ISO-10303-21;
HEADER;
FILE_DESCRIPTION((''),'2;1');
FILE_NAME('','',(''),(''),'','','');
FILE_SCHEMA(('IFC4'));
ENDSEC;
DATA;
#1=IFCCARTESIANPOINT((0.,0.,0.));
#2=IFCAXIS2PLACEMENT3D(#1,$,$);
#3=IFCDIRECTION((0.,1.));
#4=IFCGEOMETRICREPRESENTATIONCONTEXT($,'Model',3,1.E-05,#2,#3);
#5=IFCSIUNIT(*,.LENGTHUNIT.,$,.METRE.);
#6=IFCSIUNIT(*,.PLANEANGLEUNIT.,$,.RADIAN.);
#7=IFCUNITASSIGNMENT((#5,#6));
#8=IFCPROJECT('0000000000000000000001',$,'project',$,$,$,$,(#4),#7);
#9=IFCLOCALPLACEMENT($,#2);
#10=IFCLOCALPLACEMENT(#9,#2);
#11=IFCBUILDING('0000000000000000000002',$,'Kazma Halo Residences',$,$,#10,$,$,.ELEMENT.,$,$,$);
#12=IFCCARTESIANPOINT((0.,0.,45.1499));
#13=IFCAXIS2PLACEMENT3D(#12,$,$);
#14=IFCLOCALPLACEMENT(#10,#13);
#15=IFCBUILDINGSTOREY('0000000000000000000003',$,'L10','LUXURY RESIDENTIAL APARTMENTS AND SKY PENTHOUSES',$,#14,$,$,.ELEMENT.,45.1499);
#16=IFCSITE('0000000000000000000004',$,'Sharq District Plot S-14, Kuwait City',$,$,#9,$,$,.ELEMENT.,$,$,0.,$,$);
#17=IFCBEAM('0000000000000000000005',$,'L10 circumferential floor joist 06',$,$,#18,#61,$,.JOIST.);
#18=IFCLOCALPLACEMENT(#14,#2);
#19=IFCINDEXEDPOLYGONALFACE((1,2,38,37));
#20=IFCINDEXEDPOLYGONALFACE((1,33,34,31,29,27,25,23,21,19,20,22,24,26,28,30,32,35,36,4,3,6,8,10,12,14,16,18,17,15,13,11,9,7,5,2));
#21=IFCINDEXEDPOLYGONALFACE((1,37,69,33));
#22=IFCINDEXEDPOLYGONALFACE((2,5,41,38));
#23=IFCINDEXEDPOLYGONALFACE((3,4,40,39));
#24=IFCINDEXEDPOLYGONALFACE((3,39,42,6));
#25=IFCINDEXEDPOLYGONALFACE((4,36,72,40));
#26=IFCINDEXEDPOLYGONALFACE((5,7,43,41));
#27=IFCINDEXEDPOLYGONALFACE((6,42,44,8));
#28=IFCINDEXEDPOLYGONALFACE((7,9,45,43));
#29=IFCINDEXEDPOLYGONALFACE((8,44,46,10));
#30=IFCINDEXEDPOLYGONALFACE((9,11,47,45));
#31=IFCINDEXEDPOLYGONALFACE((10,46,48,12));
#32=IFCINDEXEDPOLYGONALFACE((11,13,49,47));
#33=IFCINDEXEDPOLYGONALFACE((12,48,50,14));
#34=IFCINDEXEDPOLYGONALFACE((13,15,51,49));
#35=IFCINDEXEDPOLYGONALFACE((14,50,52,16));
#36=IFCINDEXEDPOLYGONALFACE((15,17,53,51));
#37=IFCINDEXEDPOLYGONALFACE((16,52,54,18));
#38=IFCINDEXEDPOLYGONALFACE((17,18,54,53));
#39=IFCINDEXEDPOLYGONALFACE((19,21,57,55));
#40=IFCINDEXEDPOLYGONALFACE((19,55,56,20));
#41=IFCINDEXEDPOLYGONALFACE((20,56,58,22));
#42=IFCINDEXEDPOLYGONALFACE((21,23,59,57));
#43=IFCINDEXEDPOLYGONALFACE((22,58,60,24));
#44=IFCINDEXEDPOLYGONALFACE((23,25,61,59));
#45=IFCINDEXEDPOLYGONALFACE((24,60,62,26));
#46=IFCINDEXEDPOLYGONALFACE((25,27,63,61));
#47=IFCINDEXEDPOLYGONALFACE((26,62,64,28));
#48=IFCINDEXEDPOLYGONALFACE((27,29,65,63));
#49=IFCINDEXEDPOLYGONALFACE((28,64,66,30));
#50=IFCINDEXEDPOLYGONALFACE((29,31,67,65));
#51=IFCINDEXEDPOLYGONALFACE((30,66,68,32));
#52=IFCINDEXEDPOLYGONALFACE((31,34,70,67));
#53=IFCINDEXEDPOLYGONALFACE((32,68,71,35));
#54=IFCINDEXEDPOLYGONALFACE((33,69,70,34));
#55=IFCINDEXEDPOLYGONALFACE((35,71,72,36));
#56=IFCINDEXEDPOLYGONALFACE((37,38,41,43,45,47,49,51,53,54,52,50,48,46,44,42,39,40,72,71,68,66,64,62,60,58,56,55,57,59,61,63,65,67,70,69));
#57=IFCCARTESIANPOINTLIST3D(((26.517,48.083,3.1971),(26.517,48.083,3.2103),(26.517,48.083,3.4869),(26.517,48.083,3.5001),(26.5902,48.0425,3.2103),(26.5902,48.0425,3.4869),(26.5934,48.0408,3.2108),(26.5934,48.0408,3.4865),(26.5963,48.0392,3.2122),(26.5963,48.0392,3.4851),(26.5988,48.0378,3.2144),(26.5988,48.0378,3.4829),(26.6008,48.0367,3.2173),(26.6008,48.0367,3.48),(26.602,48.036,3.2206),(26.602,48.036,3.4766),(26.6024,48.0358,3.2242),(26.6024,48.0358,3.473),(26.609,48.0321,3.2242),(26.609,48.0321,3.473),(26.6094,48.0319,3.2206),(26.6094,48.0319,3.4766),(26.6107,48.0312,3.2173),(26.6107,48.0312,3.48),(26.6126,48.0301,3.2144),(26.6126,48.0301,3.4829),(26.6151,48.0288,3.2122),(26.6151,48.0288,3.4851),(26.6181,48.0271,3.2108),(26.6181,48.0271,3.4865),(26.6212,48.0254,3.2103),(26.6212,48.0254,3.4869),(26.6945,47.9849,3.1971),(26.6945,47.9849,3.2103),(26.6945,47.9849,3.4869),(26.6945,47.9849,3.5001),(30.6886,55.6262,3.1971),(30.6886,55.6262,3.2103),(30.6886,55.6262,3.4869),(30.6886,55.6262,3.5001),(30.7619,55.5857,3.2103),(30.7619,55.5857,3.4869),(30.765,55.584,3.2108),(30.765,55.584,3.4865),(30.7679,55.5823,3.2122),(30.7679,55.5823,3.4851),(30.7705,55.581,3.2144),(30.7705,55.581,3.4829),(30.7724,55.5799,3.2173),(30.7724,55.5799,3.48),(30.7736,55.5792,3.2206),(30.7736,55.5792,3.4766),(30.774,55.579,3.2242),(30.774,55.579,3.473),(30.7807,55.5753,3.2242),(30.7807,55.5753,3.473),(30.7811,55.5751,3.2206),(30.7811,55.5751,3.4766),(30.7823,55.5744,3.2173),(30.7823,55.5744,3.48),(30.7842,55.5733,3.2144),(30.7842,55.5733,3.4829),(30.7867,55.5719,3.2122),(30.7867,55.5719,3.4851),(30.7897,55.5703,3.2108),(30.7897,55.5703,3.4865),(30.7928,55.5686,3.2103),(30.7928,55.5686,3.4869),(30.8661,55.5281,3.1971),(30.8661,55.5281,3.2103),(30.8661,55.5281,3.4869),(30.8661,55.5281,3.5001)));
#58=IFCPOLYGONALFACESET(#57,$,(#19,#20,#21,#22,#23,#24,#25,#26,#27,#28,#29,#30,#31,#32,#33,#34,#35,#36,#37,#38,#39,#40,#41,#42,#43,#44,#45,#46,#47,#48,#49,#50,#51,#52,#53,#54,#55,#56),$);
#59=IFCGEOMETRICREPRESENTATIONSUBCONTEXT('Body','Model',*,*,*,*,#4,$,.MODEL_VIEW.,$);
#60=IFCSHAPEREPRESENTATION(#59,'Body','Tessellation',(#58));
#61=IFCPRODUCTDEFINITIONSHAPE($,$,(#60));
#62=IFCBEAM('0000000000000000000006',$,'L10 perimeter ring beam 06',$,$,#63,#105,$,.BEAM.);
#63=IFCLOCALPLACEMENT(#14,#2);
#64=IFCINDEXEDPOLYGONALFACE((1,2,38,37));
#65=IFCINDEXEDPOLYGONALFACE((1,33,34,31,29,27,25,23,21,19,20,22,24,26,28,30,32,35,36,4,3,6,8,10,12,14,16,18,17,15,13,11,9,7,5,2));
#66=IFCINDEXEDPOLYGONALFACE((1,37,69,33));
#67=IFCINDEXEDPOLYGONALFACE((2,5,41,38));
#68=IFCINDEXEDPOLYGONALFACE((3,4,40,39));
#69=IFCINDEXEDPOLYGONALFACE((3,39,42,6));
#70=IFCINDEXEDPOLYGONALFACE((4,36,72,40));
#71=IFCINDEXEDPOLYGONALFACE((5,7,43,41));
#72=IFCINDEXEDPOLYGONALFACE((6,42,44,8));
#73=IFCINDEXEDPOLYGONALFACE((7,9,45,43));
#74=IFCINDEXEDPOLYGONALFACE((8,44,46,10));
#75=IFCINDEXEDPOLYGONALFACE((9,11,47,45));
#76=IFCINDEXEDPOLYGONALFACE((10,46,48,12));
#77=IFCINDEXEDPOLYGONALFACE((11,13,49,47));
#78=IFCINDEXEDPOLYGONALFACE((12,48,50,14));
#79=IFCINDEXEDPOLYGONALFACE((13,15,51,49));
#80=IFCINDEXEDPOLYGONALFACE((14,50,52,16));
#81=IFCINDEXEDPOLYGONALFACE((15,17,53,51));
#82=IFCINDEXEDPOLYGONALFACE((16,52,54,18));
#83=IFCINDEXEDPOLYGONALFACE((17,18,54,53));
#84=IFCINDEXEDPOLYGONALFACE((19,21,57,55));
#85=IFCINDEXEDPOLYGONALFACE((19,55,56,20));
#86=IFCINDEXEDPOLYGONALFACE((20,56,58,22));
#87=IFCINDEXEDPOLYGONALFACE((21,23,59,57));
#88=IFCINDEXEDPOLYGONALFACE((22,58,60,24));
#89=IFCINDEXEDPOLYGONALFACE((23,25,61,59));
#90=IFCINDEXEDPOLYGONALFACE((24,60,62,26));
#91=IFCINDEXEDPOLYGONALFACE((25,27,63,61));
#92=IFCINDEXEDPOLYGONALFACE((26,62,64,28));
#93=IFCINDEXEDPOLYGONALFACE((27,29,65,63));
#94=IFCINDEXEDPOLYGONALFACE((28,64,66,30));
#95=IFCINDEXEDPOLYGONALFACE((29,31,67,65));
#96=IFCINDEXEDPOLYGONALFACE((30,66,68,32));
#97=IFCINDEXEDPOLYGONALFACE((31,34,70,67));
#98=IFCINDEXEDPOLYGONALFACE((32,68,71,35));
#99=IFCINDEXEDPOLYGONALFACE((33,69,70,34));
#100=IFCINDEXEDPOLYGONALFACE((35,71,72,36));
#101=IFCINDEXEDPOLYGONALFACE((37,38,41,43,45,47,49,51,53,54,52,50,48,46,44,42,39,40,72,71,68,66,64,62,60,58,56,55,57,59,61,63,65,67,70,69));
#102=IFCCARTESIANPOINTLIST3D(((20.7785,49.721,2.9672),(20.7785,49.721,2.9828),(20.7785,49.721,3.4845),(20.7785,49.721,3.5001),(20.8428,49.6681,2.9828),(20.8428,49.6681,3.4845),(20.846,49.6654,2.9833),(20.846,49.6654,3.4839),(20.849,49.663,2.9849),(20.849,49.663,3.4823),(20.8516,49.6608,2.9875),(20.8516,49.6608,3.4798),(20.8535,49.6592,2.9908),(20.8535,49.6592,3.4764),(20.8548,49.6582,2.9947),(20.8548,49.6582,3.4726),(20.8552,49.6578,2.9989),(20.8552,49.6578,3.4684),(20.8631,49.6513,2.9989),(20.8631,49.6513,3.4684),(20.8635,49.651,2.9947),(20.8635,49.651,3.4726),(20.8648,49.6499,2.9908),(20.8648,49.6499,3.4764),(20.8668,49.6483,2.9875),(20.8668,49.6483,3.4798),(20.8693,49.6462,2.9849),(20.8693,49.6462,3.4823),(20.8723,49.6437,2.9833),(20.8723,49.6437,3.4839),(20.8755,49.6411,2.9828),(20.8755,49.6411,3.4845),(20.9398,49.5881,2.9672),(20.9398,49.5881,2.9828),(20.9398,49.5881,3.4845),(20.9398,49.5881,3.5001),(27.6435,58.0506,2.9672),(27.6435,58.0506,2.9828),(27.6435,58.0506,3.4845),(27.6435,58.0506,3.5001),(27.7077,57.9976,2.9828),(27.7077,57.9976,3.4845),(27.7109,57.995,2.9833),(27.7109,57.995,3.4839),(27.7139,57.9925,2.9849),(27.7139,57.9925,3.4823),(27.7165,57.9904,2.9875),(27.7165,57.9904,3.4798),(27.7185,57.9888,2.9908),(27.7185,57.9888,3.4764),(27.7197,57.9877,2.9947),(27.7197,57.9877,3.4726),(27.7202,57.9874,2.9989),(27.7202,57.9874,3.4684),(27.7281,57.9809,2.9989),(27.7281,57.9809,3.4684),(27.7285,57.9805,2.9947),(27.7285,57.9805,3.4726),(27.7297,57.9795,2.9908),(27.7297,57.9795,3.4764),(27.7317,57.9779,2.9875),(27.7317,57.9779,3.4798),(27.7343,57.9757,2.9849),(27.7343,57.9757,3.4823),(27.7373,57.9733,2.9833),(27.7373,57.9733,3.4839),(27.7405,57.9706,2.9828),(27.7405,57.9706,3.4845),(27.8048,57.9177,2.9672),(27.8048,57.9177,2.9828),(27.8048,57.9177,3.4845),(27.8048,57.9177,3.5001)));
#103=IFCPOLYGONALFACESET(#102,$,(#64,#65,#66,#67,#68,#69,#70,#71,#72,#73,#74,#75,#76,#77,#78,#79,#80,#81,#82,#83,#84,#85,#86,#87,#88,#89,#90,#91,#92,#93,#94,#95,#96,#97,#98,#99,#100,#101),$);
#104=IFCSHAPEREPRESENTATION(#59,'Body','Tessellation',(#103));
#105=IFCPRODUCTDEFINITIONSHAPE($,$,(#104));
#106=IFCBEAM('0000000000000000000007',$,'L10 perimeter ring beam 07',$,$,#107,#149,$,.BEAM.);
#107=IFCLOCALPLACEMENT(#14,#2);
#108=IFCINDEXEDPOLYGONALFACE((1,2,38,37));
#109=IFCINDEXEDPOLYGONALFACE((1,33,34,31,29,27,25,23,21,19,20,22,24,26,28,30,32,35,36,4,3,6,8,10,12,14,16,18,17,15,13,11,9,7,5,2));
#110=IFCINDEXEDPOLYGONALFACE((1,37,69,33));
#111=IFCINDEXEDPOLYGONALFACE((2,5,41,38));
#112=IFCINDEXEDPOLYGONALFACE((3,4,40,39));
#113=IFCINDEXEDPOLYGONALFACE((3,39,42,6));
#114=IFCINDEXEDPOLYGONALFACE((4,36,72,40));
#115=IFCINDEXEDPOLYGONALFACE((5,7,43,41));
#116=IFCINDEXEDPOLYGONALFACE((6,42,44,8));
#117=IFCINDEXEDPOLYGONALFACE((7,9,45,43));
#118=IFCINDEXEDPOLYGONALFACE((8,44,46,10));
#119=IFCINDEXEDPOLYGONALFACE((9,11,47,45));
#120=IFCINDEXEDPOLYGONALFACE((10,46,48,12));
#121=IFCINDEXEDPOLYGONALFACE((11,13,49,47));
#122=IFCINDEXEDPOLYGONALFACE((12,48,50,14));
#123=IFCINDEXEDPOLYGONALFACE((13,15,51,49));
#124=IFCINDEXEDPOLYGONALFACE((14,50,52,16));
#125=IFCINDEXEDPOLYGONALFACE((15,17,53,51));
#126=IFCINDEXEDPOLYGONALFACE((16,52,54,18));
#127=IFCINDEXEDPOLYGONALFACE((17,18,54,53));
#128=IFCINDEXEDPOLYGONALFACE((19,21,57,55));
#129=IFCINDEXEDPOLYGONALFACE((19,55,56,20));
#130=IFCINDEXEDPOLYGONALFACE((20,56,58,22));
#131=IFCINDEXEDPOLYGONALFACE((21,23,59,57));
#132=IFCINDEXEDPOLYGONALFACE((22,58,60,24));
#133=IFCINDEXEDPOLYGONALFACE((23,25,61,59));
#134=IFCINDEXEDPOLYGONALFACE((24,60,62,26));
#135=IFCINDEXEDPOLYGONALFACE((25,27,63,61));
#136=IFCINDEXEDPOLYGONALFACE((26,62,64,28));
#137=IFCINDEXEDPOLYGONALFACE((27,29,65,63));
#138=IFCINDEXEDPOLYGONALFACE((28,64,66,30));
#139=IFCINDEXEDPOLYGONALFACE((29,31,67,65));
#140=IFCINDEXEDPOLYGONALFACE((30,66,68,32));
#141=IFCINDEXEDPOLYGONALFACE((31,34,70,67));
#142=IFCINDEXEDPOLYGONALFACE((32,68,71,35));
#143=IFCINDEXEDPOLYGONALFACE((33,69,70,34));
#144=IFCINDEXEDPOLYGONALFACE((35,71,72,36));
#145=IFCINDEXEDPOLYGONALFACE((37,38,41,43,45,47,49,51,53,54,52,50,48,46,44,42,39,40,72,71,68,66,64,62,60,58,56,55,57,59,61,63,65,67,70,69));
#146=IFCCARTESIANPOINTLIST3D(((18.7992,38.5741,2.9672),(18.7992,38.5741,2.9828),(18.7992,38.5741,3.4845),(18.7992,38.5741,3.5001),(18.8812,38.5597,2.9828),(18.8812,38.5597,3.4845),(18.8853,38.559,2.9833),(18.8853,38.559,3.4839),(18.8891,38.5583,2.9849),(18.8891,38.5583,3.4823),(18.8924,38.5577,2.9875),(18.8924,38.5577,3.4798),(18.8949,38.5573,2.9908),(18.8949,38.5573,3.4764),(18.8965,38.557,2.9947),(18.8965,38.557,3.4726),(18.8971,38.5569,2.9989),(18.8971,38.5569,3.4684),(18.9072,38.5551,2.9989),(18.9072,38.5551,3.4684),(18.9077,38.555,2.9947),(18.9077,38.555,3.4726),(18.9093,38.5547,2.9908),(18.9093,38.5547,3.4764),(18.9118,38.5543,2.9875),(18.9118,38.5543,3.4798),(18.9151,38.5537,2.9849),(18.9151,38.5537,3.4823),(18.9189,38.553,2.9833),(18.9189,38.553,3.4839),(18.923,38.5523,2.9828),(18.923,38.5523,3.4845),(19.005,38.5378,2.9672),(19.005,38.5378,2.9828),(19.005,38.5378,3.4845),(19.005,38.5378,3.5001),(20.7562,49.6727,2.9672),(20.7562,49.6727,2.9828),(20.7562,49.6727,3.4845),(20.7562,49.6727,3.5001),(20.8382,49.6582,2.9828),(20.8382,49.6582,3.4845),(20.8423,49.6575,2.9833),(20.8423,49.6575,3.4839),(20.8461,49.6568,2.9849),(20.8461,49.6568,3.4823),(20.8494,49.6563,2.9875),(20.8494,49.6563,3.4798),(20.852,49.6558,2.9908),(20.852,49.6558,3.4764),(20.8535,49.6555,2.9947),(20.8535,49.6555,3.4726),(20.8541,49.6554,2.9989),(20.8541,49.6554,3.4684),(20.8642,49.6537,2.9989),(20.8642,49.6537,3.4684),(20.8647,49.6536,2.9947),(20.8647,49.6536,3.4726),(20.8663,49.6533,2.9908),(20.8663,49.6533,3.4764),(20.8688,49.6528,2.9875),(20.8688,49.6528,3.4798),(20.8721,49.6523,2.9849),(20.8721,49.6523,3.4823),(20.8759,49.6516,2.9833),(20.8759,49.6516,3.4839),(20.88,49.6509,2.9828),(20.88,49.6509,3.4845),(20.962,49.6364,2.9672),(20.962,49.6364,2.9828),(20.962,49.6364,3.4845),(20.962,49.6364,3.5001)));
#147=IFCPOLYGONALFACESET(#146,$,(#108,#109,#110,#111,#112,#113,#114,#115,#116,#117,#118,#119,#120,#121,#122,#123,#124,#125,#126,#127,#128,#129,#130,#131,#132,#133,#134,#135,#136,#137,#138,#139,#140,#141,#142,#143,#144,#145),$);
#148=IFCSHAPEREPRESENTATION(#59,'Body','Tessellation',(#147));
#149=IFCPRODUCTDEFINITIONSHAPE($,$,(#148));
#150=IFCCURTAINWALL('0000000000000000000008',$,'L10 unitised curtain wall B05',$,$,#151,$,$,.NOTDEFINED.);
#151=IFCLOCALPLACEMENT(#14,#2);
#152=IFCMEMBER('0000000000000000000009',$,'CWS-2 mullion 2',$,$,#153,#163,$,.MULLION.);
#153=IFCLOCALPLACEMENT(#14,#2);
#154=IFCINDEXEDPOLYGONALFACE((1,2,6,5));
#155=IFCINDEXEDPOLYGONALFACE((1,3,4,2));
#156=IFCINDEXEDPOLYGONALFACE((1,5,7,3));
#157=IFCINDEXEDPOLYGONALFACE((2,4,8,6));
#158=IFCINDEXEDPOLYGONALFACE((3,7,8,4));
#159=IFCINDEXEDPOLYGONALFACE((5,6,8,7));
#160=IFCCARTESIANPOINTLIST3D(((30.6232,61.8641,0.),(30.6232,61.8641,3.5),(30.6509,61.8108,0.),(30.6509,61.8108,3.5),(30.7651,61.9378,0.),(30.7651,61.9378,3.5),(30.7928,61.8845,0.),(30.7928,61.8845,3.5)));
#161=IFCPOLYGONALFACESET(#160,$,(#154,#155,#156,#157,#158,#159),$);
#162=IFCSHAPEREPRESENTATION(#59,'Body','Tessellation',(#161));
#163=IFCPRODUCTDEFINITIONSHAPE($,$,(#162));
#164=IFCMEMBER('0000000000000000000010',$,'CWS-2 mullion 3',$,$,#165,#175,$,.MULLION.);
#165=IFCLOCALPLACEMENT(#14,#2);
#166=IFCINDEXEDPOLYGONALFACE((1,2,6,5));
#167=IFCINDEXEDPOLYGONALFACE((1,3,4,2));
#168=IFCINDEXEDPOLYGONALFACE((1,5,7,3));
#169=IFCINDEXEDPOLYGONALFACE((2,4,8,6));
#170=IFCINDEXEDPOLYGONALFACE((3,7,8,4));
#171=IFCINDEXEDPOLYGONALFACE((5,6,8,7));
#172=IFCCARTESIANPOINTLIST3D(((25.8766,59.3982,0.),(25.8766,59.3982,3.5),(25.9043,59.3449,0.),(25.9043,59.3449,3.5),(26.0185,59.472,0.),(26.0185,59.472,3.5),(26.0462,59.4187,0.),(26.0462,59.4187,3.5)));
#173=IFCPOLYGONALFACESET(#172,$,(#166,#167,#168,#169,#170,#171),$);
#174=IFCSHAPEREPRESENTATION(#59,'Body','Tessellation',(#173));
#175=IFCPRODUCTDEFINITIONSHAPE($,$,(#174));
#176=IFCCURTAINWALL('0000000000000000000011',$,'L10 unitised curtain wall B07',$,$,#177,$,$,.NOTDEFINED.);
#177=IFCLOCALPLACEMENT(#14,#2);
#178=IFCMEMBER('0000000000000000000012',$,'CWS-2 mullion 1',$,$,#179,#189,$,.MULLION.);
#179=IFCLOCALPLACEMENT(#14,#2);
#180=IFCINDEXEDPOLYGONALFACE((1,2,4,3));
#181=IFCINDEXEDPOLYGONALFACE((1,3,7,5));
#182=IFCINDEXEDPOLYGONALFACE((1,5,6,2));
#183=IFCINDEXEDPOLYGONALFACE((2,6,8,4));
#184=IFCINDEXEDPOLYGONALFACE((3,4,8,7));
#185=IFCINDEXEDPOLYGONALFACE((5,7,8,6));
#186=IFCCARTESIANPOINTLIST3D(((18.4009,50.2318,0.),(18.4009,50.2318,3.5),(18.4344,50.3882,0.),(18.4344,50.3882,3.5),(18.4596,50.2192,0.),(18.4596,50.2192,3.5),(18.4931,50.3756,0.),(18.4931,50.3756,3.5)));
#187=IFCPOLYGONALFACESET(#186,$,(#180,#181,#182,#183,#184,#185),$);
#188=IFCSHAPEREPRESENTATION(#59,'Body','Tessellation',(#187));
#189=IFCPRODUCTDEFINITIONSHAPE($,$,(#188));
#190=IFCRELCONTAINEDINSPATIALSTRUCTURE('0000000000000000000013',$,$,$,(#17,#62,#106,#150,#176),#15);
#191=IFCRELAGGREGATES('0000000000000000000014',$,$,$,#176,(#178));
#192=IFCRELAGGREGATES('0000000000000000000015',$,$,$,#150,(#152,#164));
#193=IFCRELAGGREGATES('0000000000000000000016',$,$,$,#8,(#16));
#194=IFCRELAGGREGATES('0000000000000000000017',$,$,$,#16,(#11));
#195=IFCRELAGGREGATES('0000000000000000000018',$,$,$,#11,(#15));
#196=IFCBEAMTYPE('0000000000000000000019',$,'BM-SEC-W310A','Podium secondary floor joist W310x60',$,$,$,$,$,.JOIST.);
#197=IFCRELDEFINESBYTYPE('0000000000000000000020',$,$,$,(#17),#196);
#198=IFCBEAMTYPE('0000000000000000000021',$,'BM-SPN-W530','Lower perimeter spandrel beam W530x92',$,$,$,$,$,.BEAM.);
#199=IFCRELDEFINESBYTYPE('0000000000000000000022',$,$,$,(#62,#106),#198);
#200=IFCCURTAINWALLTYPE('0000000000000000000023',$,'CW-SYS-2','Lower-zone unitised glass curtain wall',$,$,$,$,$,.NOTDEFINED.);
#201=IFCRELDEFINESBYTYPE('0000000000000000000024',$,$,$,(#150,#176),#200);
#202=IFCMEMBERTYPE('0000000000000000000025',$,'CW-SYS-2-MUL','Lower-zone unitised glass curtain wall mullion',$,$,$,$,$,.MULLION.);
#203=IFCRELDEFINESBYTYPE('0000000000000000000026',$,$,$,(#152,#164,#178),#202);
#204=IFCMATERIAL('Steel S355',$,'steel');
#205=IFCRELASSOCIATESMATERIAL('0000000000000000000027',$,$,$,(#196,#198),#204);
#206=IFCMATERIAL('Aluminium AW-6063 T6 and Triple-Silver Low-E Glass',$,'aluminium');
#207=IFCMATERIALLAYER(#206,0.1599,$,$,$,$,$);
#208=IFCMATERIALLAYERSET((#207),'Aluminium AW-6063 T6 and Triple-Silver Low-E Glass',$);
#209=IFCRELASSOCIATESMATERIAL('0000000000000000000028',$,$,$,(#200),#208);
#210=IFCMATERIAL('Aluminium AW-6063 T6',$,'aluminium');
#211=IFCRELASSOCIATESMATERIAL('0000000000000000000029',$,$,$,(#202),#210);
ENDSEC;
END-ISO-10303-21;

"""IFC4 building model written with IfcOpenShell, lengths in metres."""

from ifc_helpers import new_model, si_unit, direction, frame, origin, origin_2d, place, context, subcontext, project, spatial, rectangle, i_section, extrude, material, layer, layer_set, material_profile, profile_set, type_object, element, aggregate, save


model = new_model("IFC4")

# Units and contexts
model_context = context("Model", 3, precision=1e-05, world=origin(), true_north=direction((0.0, 1.0)))
body_context = subcontext(model_context, "Body", "Model", "MODEL_VIEW")
ifc_project = project(units=[si_unit("LENGTHUNIT", "METRE"), si_unit("PLANEANGLEUNIT", "RADIAN")], contexts=[model_context])

# Site, building, storey
site_placement = place(None, origin())
site = spatial("IfcSite", under=ifc_project, at=site_placement, Name="Sharq District Plot S-14, Kuwait City", CompositionType="ELEMENT", RefElevation=0.0)
building_placement = place(site_placement, origin())
building = spatial("IfcBuilding", under=site, at=building_placement, Name="Kazma Halo Residences", CompositionType="ELEMENT")
storey_placement = place(building_placement, frame((0.0, 0.0, 45.1499)))
storey = spatial("IfcBuildingStorey", under=building, at=storey_placement, Name="L10", Description="LUXURY RESIDENTIAL APARTMENTS AND SKY PENTHOUSES", CompositionType="ELEMENT", Elevation=45.1499)

# Beams
ifc_material_1 = material(Name="Steel S355", Category="steel")
ifc_material_profile_1 = material_profile(ifc_material_1, i_section(OverallWidth=0.2029, OverallDepth=0.303, WebThickness=0.0076, FlangeThickness=0.0132, FilletRadius=0.0139, at=origin_2d()), Name="W310x60")
ifc_profile_set_1 = profile_set([ifc_material_profile_1], Name="Steel S355")
beam_type_1 = type_object("IfcBeamType", Name="BM-SEC-W310A", Description="Podium secondary floor joist W310x60", PredefinedType="JOIST", material=ifc_profile_set_1)
beam_1_placement = place(storey_placement, frame((30.7773, 55.5771, 3.3486), z_axis=(-0.483954, -0.875094, 0.0), x_axis=(0.875094, -0.483954, 0.0)))
element("IfcBeam", 1, at=beam_1_placement, inside=storey, type_object=beam_type_1, Name="L10 circumferential floor joist 06", PredefinedType="JOIST", context=body_context, shape_type="SweptSolid", body=[
    extrude(i_section(OverallWidth=0.2029, OverallDepth=0.303, WebThickness=0.0076, FlangeThickness=0.0132, FilletRadius=0.0139, at=origin_2d()), origin(), (0.0, 0.0, 1.0), 8.6199),
])
ifc_material_profile_2 = material_profile(ifc_material_1, i_section(OverallWidth=0.209, OverallDepth=0.533, WebThickness=0.0103, FlangeThickness=0.0156, FilletRadius=0.0161, at=origin_2d()), Name="W530x92")
ifc_profile_set_2 = profile_set([ifc_material_profile_2], Name="Steel S355")
beam_type_2 = type_object("IfcBeamType", Name="BM-SPN-W530", Description="Lower perimeter spandrel beam W530x92", PredefinedType="BEAM", material=ifc_profile_set_2)
beam_2_placement = place(storey_placement, frame((27.7241, 57.9841, 3.2336), z_axis=(-0.636001, -0.771688, 0.0), x_axis=(0.771688, -0.636001, 0.0)))
element("IfcBeam", 2, at=beam_2_placement, inside=storey, type_object=beam_type_2, Name="L10 perimeter ring beam 06", PredefinedType="BEAM", context=body_context, shape_type="SweptSolid", body=[
    extrude(i_section(OverallWidth=0.209, OverallDepth=0.533, WebThickness=0.0103, FlangeThickness=0.0156, FilletRadius=0.0161, at=origin_2d()), origin(), (0.0, 0.0, 1.0), 10.7939),
])
beam_3_placement = place(storey_placement, frame((20.8591, 49.6545, 3.2336), z_axis=(-0.173652, -0.984807, 0.0), x_axis=(0.984807, -0.173652, 0.0)))
element("IfcBeam", 3, at=beam_3_placement, inside=storey, type_object=beam_type_2, Name="L10 perimeter ring beam 07", PredefinedType="BEAM", context=body_context, shape_type="SweptSolid", body=[
    extrude(i_section(OverallWidth=0.209, OverallDepth=0.533, WebThickness=0.0103, FlangeThickness=0.0156, FilletRadius=0.0161, at=origin_2d()), origin(), (0.0, 0.0, 1.0), 11.2698),
])

# Curtain wall, members
ifc_material_2 = material(Name="Aluminium AW-6063 T6 and Triple-Silver Low-E Glass", Category="aluminium")
ifc_layer_1 = layer(ifc_material_2, 0.1599)
ifc_layer_set_1 = layer_set([ifc_layer_1], Name="Aluminium AW-6063 T6 and Triple-Silver Low-E Glass")
curtain_wall_type = type_object("IfcCurtainWallType", Name="CW-SYS-2", Description="Lower-zone unitised glass curtain wall", PredefinedType="NOTDEFINED", material=ifc_layer_set_1)
curtain_wall_1_placement = place(storey_placement, origin())
curtain_wall_1 = element("IfcCurtainWall", 4, at=curtain_wall_1_placement, inside=storey, type_object=curtain_wall_type, Name="L10 unitised curtain wall B05", PredefinedType="NOTDEFINED")
ifc_material_3 = material(Name="Aluminium AW-6063 T6", Category="aluminium")
ifc_material_profile_3 = material_profile(ifc_material_3, rectangle(XDim=0.0601, YDim=0.1599, at=origin_2d()), Name="CWM-60x160")
ifc_profile_set_3 = profile_set([ifc_material_profile_3], Name="Aluminium AW-6063 T6")
member_type_1 = type_object("IfcMemberType", Name="CW-SYS-2-MUL", Description="Lower-zone unitised glass curtain wall mullion", PredefinedType="MULLION", material=ifc_profile_set_3)
member_1_placement = place(storey_placement, frame((30.708, 61.8743, 0.0), z_axis=(0.0, 0.0, 1.0), x_axis=(0.460996, -0.887402, 0.0)))
member_1 = element("IfcMember", 5, at=member_1_placement, type_object=member_type_1, Name="CWS-2 mullion 2", PredefinedType="MULLION", context=body_context, shape_type="SweptSolid", body=[
    extrude(rectangle(XDim=0.0601, YDim=0.1599, at=origin_2d()), origin(), (0.0, 0.0, 1.0), 3.5),
])
member_2_placement = place(storey_placement, frame((25.9614, 59.4084, 0.0), z_axis=(0.0, 0.0, 1.0), x_axis=(0.460996, -0.887402, 0.0)))
member_2 = element("IfcMember", 6, at=member_2_placement, type_object=member_type_1, Name="CWS-2 mullion 3", PredefinedType="MULLION", context=body_context, shape_type="SweptSolid", body=[
    extrude(rectangle(XDim=0.0601, YDim=0.1599, at=origin_2d()), origin(), (0.0, 0.0, 1.0), 3.5),
])

# Curtain wall, member
curtain_wall_2_placement = place(storey_placement, origin())
curtain_wall_2 = element("IfcCurtainWall", 7, at=curtain_wall_2_placement, inside=storey, type_object=curtain_wall_type, Name="L10 unitised curtain wall B07", PredefinedType="NOTDEFINED")
member_3_placement = place(storey_placement, frame((18.447, 50.3037, 0.0), z_axis=(0.0, 0.0, 1.0), x_axis=(0.977779, -0.209637, 0.0)))
member_3 = element("IfcMember", 8, at=member_3_placement, type_object=member_type_1, Name="CWS-2 mullion 1", PredefinedType="MULLION", context=body_context, shape_type="SweptSolid", body=[
    extrude(rectangle(XDim=0.0601, YDim=0.1599, at=origin_2d()), origin(), (0.0, 0.0, 1.0), 3.5),
])

aggregate(curtain_wall_2, [member_3])

aggregate(curtain_wall_1, [member_1, member_2])

save(model, "model.ifc")
